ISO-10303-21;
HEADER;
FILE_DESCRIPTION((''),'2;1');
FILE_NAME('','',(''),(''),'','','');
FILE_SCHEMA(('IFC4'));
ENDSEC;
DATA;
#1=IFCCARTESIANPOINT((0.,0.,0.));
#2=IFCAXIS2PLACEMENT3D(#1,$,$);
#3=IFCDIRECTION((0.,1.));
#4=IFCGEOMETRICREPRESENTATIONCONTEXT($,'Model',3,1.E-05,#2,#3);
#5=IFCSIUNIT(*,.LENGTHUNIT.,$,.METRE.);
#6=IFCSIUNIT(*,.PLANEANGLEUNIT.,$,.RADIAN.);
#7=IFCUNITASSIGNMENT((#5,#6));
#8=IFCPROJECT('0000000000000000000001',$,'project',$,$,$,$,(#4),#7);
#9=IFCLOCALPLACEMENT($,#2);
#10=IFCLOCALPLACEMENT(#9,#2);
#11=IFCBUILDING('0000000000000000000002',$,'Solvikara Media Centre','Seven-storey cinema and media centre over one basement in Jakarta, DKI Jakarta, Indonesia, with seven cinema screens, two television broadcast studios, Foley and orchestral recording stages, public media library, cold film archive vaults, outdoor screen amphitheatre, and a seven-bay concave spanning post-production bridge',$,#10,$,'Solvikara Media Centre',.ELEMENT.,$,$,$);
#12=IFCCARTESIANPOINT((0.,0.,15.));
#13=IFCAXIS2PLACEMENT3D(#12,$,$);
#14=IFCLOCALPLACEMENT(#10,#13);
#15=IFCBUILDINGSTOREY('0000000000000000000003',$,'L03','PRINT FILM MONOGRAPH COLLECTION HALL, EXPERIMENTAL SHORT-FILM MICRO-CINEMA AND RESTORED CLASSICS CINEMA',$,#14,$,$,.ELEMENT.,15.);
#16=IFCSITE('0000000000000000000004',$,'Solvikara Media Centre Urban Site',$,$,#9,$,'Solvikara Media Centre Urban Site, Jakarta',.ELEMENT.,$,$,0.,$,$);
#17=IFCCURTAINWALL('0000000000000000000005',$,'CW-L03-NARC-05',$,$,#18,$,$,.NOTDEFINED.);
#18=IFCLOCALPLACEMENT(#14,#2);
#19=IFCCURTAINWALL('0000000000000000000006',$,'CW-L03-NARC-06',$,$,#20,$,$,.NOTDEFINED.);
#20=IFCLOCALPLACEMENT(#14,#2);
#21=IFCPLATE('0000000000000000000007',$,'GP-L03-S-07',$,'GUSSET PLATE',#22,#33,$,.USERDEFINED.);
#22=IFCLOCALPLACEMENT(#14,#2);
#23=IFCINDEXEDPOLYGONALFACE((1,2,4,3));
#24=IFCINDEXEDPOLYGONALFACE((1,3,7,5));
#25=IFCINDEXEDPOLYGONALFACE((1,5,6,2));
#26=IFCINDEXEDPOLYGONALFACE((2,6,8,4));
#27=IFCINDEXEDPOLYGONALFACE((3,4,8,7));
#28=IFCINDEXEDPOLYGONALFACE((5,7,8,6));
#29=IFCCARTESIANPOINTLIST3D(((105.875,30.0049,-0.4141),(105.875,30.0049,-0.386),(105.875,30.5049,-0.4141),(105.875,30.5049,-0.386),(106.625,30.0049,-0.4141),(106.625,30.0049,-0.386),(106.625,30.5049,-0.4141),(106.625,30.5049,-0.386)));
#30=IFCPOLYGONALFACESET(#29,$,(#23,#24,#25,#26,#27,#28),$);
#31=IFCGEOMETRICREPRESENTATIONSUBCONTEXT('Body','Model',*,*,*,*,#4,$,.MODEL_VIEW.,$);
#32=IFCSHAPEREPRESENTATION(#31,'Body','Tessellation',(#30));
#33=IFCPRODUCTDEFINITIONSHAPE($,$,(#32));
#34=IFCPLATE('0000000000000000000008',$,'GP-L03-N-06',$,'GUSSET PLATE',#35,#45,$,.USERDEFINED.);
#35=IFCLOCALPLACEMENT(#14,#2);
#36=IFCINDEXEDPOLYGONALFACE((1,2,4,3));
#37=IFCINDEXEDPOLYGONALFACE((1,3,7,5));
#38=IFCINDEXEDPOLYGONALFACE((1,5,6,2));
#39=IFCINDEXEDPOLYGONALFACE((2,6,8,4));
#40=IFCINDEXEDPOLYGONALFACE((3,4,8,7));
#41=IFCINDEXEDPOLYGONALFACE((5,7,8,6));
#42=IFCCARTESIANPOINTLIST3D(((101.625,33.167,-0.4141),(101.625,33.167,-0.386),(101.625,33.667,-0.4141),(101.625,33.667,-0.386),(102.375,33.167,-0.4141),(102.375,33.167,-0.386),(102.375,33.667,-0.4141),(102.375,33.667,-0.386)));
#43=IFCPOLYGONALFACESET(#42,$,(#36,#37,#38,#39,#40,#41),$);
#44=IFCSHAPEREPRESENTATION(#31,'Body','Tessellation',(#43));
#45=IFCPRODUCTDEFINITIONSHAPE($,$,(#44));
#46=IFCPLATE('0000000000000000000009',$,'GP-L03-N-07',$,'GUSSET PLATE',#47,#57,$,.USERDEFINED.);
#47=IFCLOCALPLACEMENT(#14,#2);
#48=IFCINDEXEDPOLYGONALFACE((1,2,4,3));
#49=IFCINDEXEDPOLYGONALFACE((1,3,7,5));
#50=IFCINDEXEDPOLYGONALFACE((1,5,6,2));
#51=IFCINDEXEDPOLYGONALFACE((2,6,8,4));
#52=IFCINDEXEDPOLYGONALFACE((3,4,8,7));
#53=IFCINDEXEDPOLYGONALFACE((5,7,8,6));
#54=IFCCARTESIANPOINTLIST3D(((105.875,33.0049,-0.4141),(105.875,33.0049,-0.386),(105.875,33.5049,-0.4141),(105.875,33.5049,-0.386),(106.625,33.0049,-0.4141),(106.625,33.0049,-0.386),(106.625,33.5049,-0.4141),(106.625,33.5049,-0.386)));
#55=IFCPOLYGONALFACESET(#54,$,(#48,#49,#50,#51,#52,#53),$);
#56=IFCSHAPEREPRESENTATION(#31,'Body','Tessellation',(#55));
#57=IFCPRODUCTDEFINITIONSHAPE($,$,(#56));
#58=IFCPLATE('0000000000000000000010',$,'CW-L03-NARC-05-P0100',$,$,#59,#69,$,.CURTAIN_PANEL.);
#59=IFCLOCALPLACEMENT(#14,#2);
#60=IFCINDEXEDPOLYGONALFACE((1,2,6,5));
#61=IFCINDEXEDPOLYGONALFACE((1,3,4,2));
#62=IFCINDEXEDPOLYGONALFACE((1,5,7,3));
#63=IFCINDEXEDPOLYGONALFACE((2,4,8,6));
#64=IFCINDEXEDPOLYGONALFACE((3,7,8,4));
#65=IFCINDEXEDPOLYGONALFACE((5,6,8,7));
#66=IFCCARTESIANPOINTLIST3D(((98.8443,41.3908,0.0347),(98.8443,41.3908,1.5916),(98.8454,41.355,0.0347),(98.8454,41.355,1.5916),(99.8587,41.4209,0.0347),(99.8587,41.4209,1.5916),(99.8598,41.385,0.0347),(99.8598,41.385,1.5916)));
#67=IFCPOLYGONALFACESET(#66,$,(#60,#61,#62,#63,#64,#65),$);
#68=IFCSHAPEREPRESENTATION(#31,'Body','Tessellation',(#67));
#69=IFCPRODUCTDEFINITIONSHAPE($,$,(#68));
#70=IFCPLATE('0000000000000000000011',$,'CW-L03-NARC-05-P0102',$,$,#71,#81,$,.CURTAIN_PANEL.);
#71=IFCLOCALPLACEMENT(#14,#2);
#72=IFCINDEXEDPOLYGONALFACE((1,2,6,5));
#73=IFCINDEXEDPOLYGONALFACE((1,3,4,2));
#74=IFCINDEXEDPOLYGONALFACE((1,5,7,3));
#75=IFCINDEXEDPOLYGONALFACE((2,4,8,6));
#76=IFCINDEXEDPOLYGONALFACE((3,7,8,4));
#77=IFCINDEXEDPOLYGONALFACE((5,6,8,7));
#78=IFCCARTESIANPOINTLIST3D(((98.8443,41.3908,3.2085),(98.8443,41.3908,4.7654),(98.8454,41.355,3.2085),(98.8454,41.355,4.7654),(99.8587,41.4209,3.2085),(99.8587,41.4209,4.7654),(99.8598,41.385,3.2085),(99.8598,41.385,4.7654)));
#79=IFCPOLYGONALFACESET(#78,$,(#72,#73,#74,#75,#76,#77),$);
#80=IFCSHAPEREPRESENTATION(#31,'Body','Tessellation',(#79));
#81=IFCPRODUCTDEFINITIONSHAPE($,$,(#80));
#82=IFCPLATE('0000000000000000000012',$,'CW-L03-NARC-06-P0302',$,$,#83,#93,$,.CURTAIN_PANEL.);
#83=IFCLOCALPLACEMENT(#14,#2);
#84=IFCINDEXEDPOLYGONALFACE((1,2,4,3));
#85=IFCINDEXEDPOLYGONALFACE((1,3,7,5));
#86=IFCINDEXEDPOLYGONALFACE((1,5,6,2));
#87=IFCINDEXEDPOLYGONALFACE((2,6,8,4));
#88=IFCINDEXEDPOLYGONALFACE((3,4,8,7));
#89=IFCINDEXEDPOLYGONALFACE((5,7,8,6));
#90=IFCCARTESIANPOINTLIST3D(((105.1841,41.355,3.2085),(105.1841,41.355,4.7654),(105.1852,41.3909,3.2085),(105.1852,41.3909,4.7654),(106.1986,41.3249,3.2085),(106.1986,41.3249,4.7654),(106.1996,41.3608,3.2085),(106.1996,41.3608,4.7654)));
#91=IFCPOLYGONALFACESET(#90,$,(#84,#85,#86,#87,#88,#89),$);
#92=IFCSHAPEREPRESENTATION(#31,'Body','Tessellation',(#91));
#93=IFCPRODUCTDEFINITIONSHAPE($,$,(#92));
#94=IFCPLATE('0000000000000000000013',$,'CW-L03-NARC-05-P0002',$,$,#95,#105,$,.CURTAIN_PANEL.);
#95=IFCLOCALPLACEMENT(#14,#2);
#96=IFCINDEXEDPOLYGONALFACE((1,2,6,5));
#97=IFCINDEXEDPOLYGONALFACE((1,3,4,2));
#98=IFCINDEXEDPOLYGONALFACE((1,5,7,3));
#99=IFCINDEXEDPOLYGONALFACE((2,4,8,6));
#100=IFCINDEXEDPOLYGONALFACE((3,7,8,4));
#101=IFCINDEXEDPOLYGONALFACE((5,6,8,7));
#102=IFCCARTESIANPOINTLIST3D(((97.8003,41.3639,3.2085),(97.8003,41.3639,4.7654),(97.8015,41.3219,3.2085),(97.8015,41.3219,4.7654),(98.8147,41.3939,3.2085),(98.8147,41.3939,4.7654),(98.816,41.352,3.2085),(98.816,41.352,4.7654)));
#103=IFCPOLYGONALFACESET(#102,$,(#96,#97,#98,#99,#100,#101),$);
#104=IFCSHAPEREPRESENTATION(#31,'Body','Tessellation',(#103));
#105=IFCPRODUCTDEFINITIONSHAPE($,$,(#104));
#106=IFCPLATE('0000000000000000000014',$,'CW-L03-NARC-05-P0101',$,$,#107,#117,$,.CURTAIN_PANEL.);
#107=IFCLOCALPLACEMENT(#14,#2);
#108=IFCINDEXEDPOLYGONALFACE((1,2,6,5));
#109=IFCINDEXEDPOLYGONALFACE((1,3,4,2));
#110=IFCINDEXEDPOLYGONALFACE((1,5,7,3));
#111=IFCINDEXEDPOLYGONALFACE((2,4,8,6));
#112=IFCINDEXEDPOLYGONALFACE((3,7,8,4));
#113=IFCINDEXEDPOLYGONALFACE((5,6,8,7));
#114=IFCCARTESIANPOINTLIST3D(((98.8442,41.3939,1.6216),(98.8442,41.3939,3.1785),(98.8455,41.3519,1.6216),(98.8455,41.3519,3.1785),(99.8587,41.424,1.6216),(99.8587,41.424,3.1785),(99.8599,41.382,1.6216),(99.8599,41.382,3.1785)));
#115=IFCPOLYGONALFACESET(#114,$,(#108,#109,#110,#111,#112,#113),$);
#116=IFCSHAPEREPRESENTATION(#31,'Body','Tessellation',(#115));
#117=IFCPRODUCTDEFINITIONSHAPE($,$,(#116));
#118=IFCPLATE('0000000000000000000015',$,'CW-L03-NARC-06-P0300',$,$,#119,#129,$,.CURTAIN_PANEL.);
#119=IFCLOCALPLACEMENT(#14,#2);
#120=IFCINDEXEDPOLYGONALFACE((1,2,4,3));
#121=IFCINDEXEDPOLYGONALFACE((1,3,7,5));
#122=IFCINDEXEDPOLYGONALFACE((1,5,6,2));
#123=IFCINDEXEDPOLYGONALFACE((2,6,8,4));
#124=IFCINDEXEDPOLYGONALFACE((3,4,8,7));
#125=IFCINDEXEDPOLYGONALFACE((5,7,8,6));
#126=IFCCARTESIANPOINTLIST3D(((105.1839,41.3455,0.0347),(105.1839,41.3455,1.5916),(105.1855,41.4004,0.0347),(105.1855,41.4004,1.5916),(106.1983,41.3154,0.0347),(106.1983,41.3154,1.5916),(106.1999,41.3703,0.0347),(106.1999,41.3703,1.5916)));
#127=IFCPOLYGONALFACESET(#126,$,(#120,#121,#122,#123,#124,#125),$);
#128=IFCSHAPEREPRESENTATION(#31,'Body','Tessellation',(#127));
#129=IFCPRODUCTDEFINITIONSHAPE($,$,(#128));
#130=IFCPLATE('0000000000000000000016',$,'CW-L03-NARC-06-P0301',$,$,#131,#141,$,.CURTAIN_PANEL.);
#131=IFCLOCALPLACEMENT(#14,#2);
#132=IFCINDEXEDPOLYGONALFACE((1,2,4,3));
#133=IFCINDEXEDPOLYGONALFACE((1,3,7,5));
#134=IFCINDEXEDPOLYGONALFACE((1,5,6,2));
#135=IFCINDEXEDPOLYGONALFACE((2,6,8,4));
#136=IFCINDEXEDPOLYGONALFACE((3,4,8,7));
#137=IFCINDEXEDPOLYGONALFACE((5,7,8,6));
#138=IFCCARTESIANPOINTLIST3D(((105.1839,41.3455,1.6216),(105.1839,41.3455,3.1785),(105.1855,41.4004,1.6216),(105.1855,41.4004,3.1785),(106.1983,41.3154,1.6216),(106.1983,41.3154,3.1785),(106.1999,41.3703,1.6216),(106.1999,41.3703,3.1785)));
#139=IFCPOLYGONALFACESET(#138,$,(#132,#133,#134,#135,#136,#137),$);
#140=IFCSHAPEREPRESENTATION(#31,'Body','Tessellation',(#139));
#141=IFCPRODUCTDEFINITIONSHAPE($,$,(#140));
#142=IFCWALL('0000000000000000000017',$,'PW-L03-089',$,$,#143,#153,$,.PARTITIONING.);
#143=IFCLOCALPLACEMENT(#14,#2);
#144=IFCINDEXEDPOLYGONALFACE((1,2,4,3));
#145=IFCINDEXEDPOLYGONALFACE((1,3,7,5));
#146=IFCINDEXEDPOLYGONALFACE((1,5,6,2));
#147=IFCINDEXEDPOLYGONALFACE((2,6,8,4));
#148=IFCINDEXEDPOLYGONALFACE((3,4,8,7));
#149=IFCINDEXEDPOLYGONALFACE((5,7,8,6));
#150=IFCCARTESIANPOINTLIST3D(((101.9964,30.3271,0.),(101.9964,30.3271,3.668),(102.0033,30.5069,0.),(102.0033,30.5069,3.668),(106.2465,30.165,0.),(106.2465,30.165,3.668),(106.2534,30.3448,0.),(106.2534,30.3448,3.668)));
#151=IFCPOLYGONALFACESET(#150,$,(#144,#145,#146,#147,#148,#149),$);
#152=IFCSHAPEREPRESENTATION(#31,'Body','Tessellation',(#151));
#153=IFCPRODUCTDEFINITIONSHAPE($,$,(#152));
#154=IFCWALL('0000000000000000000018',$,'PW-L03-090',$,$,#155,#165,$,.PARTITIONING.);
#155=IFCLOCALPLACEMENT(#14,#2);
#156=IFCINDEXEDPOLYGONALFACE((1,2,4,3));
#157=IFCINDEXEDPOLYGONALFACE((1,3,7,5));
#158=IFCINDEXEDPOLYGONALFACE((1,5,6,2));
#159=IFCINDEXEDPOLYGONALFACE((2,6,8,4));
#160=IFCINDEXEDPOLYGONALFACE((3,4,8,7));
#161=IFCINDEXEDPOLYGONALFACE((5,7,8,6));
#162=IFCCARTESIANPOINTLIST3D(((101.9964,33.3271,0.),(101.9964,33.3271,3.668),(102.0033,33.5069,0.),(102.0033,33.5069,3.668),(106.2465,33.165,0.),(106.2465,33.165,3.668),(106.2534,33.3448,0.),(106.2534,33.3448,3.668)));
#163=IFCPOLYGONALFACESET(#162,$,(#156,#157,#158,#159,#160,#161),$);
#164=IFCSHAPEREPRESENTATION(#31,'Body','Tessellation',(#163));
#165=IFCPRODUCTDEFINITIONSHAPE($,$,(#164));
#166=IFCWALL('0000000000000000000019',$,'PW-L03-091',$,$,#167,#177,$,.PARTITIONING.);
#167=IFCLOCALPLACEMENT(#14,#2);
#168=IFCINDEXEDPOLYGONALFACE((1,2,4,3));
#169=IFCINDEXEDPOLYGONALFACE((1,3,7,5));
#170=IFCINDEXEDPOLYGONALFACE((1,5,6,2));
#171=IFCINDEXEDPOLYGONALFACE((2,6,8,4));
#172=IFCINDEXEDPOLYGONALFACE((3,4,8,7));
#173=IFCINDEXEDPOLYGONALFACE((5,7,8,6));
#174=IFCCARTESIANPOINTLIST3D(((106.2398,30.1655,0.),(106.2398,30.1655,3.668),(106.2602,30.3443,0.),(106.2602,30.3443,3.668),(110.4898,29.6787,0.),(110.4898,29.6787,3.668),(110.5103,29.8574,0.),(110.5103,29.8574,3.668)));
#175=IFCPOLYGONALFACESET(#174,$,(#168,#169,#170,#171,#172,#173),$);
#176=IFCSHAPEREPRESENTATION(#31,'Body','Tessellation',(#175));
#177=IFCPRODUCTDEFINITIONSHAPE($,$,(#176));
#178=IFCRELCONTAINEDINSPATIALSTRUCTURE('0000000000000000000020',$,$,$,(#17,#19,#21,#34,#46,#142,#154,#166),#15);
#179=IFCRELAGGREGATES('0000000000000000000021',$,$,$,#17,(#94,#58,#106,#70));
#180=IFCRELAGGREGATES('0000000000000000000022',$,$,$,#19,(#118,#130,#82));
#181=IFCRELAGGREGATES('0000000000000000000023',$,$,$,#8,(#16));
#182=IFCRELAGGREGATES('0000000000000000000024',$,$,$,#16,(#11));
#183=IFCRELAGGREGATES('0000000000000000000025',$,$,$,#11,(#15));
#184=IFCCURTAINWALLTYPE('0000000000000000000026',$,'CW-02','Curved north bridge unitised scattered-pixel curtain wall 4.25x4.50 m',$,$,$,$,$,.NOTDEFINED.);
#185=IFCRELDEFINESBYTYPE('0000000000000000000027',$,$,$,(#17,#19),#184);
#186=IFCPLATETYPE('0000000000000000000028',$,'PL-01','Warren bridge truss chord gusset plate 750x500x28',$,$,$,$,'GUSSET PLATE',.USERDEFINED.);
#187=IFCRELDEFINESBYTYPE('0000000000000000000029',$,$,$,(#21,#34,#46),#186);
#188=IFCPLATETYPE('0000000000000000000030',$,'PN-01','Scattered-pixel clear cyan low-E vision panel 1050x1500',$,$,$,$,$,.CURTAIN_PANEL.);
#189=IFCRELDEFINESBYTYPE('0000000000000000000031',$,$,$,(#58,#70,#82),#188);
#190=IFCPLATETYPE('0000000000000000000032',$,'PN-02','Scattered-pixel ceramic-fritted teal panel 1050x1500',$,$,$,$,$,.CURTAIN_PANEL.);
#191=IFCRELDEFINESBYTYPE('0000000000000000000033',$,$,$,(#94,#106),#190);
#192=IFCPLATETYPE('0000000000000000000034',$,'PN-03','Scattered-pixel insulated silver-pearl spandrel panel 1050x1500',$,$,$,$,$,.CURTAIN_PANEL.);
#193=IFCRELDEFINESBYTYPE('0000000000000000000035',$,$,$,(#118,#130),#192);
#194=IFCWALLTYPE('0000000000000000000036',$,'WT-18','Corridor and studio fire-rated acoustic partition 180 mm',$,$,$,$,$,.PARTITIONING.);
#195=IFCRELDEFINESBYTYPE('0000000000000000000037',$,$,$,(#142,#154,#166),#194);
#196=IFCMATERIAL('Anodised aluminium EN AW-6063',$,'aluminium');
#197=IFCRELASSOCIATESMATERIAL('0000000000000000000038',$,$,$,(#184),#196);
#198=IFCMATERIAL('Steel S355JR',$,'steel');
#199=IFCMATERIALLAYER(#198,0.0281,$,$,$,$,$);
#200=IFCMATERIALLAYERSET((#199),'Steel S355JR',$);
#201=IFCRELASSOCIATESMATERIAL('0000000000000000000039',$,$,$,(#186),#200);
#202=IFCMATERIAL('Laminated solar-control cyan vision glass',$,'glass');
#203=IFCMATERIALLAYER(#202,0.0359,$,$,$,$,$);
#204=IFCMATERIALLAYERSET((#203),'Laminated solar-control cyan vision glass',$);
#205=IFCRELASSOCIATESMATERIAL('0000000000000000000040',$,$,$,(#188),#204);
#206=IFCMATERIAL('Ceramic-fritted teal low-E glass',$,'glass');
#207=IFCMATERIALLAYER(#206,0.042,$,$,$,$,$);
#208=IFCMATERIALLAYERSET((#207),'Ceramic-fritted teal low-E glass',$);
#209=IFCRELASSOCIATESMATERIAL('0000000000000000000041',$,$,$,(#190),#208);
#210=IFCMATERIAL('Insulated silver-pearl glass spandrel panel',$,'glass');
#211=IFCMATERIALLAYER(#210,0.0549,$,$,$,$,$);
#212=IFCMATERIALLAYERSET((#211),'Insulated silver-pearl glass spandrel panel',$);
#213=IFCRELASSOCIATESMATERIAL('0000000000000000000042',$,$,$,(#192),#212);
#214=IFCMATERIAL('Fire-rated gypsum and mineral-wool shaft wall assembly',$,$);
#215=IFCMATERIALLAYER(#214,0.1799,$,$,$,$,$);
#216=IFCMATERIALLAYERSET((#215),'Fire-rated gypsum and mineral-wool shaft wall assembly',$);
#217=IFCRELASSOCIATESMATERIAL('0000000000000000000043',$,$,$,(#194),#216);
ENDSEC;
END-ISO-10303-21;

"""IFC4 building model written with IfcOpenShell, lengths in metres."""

from ifc_helpers import new_model, si_unit, direction, frame, frame_2d, origin, origin_2d, place, context, subcontext, project, spatial, rectangle, extrude, material, layer, layer_set, type_object, element, aggregate, save


model = new_model("IFC4")

# Units and contexts
model_context = context("Model", 3, precision=1e-05, world=origin(), true_north=direction((0.0, 1.0)))
body_context = subcontext(model_context, "Body", "Model", "MODEL_VIEW")
ifc_project = project(units=[si_unit("LENGTHUNIT", "METRE"), si_unit("PLANEANGLEUNIT", "RADIAN")], contexts=[model_context])

# Site, building, storey
site_placement = place(None, origin())
site = spatial("IfcSite", under=ifc_project, at=site_placement, Name="Solvikara Media Centre Urban Site", LongName="Solvikara Media Centre Urban Site, Jakarta", CompositionType="ELEMENT", RefElevation=0.0)
building_placement = place(site_placement, origin())
building = spatial("IfcBuilding", under=site, at=building_placement, Name="Solvikara Media Centre", Description="Seven-storey cinema and media centre over one basement in Jakarta, DKI Jakarta, Indonesia, with seven cinema screens, two television broadcast studios, Foley and orchestral recording stages, public media library, cold film archive vaults, outdoor screen amphitheatre, and a seven-bay concave spanning post-production bridge", LongName="Solvikara Media Centre", CompositionType="ELEMENT")
storey_placement = place(building_placement, frame((0.0, 0.0, 15.0)))
storey = spatial("IfcBuildingStorey", under=building, at=storey_placement, Name="L03", Description="PRINT FILM MONOGRAPH COLLECTION HALL, EXPERIMENTAL SHORT-FILM MICRO-CINEMA AND RESTORED CLASSICS CINEMA", CompositionType="ELEMENT", Elevation=15.0)

# Shared definitions
ifc_material_1 = material(Name="Steel S355JR", Category="steel")

# Curtain wall
ifc_material_2 = material(Name="Anodised aluminium EN AW-6063", Category="aluminium")
curtain_wall_type = type_object("IfcCurtainWallType", Name="CW-02", Description="Curved north bridge unitised scattered-pixel curtain wall 4.25x4.50 m", PredefinedType="NOTDEFINED", material=ifc_material_2)
curtain_wall_1_placement = place(storey_placement, origin())
curtain_wall_1 = element("IfcCurtainWall", 1, at=curtain_wall_1_placement, inside=storey, type_object=curtain_wall_type, Name="CW-L03-NARC-05", PredefinedType="NOTDEFINED")

# Curtain wall
curtain_wall_2_placement = place(storey_placement, origin())
curtain_wall_2 = element("IfcCurtainWall", 2, at=curtain_wall_2_placement, inside=storey, type_object=curtain_wall_type, Name="CW-L03-NARC-06", PredefinedType="NOTDEFINED")

# Plates
ifc_layer_1 = layer(ifc_material_1, 0.0281)
ifc_layer_set_1 = layer_set([ifc_layer_1], Name="Steel S355JR")
plate_type_1 = type_object("IfcPlateType", Name="PL-01", Description="Warren bridge truss chord gusset plate 750x500x28", ElementType="GUSSET PLATE", PredefinedType="USERDEFINED", material=ifc_layer_set_1)
for number, where, z_axis, x_axis, name in (
    (3, (106.25, 30.2549, -0.4141), (0.0, 0.0, 1.0), (1.0, 0.0, 0.0), "GP-L03-S-07"),
    (4, (102.0, 33.417, -0.4141), (0.0, 0.0, 1.0), (1.0, 0.0, 0.0), "GP-L03-N-06"),
    (5, (106.25, 33.2549, -0.4141), (0.0, 0.0, 1.0), (1.0, 0.0, 0.0), "GP-L03-N-07"),
):
    element("IfcPlate", number, at=place(storey_placement, frame(where, z_axis=z_axis, x_axis=x_axis)), inside=storey, type_object=plate_type_1, Name=name, ObjectType="GUSSET PLATE", PredefinedType="USERDEFINED", context=body_context, shape_type="SweptSolid", body=[
        extrude(rectangle(XDim=0.75, YDim=0.5, at=origin_2d()), origin(), (0.0, 0.0, 1.0), 0.0281),
    ])

# Plates
ifc_material_3 = material(Name="Laminated solar-control cyan vision glass", Category="glass")
ifc_layer_2 = layer(ifc_material_3, 0.0359)
ifc_layer_set_2 = layer_set([ifc_layer_2], Name="Laminated solar-control cyan vision glass")
plate_type_2 = type_object("IfcPlateType", Name="PN-01", Description="Scattered-pixel clear cyan low-E vision panel 1050x1500", PredefinedType="CURTAIN_PANEL", material=ifc_layer_set_2)
plate_1_placement = place(storey_placement, frame((99.3521, 41.3879, 0.0347), z_axis=(0.0, 0.0, 1.0), x_axis=(0.99956, 0.029649, 0.0)))
plate_1 = element("IfcPlate", 6, at=plate_1_placement, type_object=plate_type_2, Name="CW-L03-NARC-05-P0100", PredefinedType="CURTAIN_PANEL", context=body_context, shape_type="SweptSolid", body=[
    extrude(rectangle(XDim=1.0149, YDim=0.0359, at=origin_2d()), origin(), (0.0, 0.0, 1.0), 1.5569),
])
plate_2_placement = place(storey_placement, frame((99.3521, 41.3879, 3.2085), z_axis=(0.0, 0.0, 1.0), x_axis=(0.99956, 0.029649, 0.0)))
plate_2 = element("IfcPlate", 7, at=plate_2_placement, type_object=plate_type_2, Name="CW-L03-NARC-05-P0102", PredefinedType="CURTAIN_PANEL", context=body_context, shape_type="SweptSolid", body=[
    extrude(rectangle(XDim=1.0149, YDim=0.0359, at=origin_2d()), origin(), (0.0, 0.0, 1.0), 1.5569),
])
plate_3_placement = place(storey_placement, frame((105.6919, 41.3579, 3.2085), z_axis=(0.0, 0.0, 1.0), x_axis=(0.99956, -0.029649, 0.0)))
plate_3 = element("IfcPlate", 8, at=plate_3_placement, type_object=plate_type_2, Name="CW-L03-NARC-06-P0302", PredefinedType="CURTAIN_PANEL", context=body_context, shape_type="SweptSolid", body=[
    extrude(rectangle(XDim=1.0149, YDim=0.0359, at=origin_2d()), origin(), (0.0, 0.0, 1.0), 1.5569),
])
ifc_material_4 = material(Name="Ceramic-fritted teal low-E glass", Category="glass")
ifc_layer_3 = layer(ifc_material_4, 0.042)
ifc_layer_set_3 = layer_set([ifc_layer_3], Name="Ceramic-fritted teal low-E glass")
plate_type_3 = type_object("IfcPlateType", Name="PN-02", Description="Scattered-pixel ceramic-fritted teal panel 1050x1500", PredefinedType="CURTAIN_PANEL", material=ifc_layer_set_3)
plate_4_placement = place(storey_placement, frame((98.3081, 41.3579, 3.2085), z_axis=(0.0, 0.0, 1.0), x_axis=(0.99956, 0.029649, 0.0)))
plate_4 = element("IfcPlate", 9, at=plate_4_placement, type_object=plate_type_3, Name="CW-L03-NARC-05-P0002", PredefinedType="CURTAIN_PANEL", context=body_context, shape_type="SweptSolid", body=[
    extrude(rectangle(XDim=1.0149, YDim=0.042, at=origin_2d()), origin(), (0.0, 0.0, 1.0), 1.5569),
])
plate_5_placement = place(storey_placement, frame((99.3521, 41.3879, 1.6216), z_axis=(0.0, 0.0, 1.0), x_axis=(0.99956, 0.029649, 0.0)))
plate_5 = element("IfcPlate", 10, at=plate_5_placement, type_object=plate_type_3, Name="CW-L03-NARC-05-P0101", PredefinedType="CURTAIN_PANEL", context=body_context, shape_type="SweptSolid", body=[
    extrude(rectangle(XDim=1.0149, YDim=0.042, at=origin_2d()), origin(), (0.0, 0.0, 1.0), 1.5569),
])
aggregate(curtain_wall_1, [plate_4, plate_1, plate_5, plate_2])
ifc_material_5 = material(Name="Insulated silver-pearl glass spandrel panel", Category="glass")
ifc_layer_4 = layer(ifc_material_5, 0.0549)
ifc_layer_set_4 = layer_set([ifc_layer_4], Name="Insulated silver-pearl glass spandrel panel")
plate_type_4 = type_object("IfcPlateType", Name="PN-03", Description="Scattered-pixel insulated silver-pearl spandrel panel 1050x1500", PredefinedType="CURTAIN_PANEL", material=ifc_layer_set_4)
plate_6_placement = place(storey_placement, frame((105.6919, 41.3579, 0.0347), z_axis=(0.0, 0.0, 1.0), x_axis=(0.99956, -0.029649, 0.0)))
plate_6 = element("IfcPlate", 11, at=plate_6_placement, type_object=plate_type_4, Name="CW-L03-NARC-06-P0300", PredefinedType="CURTAIN_PANEL", context=body_context, shape_type="SweptSolid", body=[
    extrude(rectangle(XDim=1.0149, YDim=0.0549, at=origin_2d()), origin(), (0.0, 0.0, 1.0), 1.5569),
])
plate_7_placement = place(storey_placement, frame((105.6919, 41.3579, 1.6216), z_axis=(0.0, 0.0, 1.0), x_axis=(0.99956, -0.029649, 0.0)))
plate_7 = element("IfcPlate", 12, at=plate_7_placement, type_object=plate_type_4, Name="CW-L03-NARC-06-P0301", PredefinedType="CURTAIN_PANEL", context=body_context, shape_type="SweptSolid", body=[
    extrude(rectangle(XDim=1.0149, YDim=0.0549, at=origin_2d()), origin(), (0.0, 0.0, 1.0), 1.5569),
])
aggregate(curtain_wall_2, [plate_6, plate_7, plate_3])

# Walls
ifc_material_6 = material(Name="Fire-rated gypsum and mineral-wool shaft wall assembly")
ifc_layer_5 = layer(ifc_material_6, 0.1799)
ifc_layer_set_5 = layer_set([ifc_layer_5], Name="Fire-rated gypsum and mineral-wool shaft wall assembly")
wall_type = type_object("IfcWallType", Name="WT-18", Description="Corridor and studio fire-rated acoustic partition 180 mm", PredefinedType="PARTITIONING", material=ifc_layer_set_5)
for number, where, z_axis, x_axis, name in (
    (13, (102.0, 30.417, 0.0), (0.0, 0.0, 1.0), (0.999273, -0.038116, 0.0), "PW-L03-089"),
    (14, (102.0, 33.417, 0.0), (0.0, 0.0, 1.0), (0.999273, -0.038116, 0.0), "PW-L03-090"),
):
    element("IfcWall", number, at=place(storey_placement, frame(where, z_axis=z_axis, x_axis=x_axis)), inside=storey, type_object=wall_type, Name=name, PredefinedType="PARTITIONING", context=body_context, shape_type="SweptSolid", body=[
        extrude(rectangle(XDim=4.2532, YDim=0.1799, at=frame_2d((2.1265, 0.0))), origin(), (0.0, 0.0, 1.0), 3.668),
    ])
wall_1_placement = place(storey_placement, frame((106.25, 30.2549, 0.0), z_axis=(0.0, 0.0, 1.0), x_axis=(0.993504, -0.113801, 0.0)))
element("IfcWall", 15, at=wall_1_placement, inside=storey, type_object=wall_type, Name="PW-L03-091", PredefinedType="PARTITIONING", context=body_context, shape_type="SweptSolid", body=[
    extrude(rectangle(XDim=4.2778, YDim=0.1799, at=frame_2d((2.1389, 0.0))), origin(), (0.0, 0.0, 1.0), 3.668),
])

save(model, "model.ifc")
